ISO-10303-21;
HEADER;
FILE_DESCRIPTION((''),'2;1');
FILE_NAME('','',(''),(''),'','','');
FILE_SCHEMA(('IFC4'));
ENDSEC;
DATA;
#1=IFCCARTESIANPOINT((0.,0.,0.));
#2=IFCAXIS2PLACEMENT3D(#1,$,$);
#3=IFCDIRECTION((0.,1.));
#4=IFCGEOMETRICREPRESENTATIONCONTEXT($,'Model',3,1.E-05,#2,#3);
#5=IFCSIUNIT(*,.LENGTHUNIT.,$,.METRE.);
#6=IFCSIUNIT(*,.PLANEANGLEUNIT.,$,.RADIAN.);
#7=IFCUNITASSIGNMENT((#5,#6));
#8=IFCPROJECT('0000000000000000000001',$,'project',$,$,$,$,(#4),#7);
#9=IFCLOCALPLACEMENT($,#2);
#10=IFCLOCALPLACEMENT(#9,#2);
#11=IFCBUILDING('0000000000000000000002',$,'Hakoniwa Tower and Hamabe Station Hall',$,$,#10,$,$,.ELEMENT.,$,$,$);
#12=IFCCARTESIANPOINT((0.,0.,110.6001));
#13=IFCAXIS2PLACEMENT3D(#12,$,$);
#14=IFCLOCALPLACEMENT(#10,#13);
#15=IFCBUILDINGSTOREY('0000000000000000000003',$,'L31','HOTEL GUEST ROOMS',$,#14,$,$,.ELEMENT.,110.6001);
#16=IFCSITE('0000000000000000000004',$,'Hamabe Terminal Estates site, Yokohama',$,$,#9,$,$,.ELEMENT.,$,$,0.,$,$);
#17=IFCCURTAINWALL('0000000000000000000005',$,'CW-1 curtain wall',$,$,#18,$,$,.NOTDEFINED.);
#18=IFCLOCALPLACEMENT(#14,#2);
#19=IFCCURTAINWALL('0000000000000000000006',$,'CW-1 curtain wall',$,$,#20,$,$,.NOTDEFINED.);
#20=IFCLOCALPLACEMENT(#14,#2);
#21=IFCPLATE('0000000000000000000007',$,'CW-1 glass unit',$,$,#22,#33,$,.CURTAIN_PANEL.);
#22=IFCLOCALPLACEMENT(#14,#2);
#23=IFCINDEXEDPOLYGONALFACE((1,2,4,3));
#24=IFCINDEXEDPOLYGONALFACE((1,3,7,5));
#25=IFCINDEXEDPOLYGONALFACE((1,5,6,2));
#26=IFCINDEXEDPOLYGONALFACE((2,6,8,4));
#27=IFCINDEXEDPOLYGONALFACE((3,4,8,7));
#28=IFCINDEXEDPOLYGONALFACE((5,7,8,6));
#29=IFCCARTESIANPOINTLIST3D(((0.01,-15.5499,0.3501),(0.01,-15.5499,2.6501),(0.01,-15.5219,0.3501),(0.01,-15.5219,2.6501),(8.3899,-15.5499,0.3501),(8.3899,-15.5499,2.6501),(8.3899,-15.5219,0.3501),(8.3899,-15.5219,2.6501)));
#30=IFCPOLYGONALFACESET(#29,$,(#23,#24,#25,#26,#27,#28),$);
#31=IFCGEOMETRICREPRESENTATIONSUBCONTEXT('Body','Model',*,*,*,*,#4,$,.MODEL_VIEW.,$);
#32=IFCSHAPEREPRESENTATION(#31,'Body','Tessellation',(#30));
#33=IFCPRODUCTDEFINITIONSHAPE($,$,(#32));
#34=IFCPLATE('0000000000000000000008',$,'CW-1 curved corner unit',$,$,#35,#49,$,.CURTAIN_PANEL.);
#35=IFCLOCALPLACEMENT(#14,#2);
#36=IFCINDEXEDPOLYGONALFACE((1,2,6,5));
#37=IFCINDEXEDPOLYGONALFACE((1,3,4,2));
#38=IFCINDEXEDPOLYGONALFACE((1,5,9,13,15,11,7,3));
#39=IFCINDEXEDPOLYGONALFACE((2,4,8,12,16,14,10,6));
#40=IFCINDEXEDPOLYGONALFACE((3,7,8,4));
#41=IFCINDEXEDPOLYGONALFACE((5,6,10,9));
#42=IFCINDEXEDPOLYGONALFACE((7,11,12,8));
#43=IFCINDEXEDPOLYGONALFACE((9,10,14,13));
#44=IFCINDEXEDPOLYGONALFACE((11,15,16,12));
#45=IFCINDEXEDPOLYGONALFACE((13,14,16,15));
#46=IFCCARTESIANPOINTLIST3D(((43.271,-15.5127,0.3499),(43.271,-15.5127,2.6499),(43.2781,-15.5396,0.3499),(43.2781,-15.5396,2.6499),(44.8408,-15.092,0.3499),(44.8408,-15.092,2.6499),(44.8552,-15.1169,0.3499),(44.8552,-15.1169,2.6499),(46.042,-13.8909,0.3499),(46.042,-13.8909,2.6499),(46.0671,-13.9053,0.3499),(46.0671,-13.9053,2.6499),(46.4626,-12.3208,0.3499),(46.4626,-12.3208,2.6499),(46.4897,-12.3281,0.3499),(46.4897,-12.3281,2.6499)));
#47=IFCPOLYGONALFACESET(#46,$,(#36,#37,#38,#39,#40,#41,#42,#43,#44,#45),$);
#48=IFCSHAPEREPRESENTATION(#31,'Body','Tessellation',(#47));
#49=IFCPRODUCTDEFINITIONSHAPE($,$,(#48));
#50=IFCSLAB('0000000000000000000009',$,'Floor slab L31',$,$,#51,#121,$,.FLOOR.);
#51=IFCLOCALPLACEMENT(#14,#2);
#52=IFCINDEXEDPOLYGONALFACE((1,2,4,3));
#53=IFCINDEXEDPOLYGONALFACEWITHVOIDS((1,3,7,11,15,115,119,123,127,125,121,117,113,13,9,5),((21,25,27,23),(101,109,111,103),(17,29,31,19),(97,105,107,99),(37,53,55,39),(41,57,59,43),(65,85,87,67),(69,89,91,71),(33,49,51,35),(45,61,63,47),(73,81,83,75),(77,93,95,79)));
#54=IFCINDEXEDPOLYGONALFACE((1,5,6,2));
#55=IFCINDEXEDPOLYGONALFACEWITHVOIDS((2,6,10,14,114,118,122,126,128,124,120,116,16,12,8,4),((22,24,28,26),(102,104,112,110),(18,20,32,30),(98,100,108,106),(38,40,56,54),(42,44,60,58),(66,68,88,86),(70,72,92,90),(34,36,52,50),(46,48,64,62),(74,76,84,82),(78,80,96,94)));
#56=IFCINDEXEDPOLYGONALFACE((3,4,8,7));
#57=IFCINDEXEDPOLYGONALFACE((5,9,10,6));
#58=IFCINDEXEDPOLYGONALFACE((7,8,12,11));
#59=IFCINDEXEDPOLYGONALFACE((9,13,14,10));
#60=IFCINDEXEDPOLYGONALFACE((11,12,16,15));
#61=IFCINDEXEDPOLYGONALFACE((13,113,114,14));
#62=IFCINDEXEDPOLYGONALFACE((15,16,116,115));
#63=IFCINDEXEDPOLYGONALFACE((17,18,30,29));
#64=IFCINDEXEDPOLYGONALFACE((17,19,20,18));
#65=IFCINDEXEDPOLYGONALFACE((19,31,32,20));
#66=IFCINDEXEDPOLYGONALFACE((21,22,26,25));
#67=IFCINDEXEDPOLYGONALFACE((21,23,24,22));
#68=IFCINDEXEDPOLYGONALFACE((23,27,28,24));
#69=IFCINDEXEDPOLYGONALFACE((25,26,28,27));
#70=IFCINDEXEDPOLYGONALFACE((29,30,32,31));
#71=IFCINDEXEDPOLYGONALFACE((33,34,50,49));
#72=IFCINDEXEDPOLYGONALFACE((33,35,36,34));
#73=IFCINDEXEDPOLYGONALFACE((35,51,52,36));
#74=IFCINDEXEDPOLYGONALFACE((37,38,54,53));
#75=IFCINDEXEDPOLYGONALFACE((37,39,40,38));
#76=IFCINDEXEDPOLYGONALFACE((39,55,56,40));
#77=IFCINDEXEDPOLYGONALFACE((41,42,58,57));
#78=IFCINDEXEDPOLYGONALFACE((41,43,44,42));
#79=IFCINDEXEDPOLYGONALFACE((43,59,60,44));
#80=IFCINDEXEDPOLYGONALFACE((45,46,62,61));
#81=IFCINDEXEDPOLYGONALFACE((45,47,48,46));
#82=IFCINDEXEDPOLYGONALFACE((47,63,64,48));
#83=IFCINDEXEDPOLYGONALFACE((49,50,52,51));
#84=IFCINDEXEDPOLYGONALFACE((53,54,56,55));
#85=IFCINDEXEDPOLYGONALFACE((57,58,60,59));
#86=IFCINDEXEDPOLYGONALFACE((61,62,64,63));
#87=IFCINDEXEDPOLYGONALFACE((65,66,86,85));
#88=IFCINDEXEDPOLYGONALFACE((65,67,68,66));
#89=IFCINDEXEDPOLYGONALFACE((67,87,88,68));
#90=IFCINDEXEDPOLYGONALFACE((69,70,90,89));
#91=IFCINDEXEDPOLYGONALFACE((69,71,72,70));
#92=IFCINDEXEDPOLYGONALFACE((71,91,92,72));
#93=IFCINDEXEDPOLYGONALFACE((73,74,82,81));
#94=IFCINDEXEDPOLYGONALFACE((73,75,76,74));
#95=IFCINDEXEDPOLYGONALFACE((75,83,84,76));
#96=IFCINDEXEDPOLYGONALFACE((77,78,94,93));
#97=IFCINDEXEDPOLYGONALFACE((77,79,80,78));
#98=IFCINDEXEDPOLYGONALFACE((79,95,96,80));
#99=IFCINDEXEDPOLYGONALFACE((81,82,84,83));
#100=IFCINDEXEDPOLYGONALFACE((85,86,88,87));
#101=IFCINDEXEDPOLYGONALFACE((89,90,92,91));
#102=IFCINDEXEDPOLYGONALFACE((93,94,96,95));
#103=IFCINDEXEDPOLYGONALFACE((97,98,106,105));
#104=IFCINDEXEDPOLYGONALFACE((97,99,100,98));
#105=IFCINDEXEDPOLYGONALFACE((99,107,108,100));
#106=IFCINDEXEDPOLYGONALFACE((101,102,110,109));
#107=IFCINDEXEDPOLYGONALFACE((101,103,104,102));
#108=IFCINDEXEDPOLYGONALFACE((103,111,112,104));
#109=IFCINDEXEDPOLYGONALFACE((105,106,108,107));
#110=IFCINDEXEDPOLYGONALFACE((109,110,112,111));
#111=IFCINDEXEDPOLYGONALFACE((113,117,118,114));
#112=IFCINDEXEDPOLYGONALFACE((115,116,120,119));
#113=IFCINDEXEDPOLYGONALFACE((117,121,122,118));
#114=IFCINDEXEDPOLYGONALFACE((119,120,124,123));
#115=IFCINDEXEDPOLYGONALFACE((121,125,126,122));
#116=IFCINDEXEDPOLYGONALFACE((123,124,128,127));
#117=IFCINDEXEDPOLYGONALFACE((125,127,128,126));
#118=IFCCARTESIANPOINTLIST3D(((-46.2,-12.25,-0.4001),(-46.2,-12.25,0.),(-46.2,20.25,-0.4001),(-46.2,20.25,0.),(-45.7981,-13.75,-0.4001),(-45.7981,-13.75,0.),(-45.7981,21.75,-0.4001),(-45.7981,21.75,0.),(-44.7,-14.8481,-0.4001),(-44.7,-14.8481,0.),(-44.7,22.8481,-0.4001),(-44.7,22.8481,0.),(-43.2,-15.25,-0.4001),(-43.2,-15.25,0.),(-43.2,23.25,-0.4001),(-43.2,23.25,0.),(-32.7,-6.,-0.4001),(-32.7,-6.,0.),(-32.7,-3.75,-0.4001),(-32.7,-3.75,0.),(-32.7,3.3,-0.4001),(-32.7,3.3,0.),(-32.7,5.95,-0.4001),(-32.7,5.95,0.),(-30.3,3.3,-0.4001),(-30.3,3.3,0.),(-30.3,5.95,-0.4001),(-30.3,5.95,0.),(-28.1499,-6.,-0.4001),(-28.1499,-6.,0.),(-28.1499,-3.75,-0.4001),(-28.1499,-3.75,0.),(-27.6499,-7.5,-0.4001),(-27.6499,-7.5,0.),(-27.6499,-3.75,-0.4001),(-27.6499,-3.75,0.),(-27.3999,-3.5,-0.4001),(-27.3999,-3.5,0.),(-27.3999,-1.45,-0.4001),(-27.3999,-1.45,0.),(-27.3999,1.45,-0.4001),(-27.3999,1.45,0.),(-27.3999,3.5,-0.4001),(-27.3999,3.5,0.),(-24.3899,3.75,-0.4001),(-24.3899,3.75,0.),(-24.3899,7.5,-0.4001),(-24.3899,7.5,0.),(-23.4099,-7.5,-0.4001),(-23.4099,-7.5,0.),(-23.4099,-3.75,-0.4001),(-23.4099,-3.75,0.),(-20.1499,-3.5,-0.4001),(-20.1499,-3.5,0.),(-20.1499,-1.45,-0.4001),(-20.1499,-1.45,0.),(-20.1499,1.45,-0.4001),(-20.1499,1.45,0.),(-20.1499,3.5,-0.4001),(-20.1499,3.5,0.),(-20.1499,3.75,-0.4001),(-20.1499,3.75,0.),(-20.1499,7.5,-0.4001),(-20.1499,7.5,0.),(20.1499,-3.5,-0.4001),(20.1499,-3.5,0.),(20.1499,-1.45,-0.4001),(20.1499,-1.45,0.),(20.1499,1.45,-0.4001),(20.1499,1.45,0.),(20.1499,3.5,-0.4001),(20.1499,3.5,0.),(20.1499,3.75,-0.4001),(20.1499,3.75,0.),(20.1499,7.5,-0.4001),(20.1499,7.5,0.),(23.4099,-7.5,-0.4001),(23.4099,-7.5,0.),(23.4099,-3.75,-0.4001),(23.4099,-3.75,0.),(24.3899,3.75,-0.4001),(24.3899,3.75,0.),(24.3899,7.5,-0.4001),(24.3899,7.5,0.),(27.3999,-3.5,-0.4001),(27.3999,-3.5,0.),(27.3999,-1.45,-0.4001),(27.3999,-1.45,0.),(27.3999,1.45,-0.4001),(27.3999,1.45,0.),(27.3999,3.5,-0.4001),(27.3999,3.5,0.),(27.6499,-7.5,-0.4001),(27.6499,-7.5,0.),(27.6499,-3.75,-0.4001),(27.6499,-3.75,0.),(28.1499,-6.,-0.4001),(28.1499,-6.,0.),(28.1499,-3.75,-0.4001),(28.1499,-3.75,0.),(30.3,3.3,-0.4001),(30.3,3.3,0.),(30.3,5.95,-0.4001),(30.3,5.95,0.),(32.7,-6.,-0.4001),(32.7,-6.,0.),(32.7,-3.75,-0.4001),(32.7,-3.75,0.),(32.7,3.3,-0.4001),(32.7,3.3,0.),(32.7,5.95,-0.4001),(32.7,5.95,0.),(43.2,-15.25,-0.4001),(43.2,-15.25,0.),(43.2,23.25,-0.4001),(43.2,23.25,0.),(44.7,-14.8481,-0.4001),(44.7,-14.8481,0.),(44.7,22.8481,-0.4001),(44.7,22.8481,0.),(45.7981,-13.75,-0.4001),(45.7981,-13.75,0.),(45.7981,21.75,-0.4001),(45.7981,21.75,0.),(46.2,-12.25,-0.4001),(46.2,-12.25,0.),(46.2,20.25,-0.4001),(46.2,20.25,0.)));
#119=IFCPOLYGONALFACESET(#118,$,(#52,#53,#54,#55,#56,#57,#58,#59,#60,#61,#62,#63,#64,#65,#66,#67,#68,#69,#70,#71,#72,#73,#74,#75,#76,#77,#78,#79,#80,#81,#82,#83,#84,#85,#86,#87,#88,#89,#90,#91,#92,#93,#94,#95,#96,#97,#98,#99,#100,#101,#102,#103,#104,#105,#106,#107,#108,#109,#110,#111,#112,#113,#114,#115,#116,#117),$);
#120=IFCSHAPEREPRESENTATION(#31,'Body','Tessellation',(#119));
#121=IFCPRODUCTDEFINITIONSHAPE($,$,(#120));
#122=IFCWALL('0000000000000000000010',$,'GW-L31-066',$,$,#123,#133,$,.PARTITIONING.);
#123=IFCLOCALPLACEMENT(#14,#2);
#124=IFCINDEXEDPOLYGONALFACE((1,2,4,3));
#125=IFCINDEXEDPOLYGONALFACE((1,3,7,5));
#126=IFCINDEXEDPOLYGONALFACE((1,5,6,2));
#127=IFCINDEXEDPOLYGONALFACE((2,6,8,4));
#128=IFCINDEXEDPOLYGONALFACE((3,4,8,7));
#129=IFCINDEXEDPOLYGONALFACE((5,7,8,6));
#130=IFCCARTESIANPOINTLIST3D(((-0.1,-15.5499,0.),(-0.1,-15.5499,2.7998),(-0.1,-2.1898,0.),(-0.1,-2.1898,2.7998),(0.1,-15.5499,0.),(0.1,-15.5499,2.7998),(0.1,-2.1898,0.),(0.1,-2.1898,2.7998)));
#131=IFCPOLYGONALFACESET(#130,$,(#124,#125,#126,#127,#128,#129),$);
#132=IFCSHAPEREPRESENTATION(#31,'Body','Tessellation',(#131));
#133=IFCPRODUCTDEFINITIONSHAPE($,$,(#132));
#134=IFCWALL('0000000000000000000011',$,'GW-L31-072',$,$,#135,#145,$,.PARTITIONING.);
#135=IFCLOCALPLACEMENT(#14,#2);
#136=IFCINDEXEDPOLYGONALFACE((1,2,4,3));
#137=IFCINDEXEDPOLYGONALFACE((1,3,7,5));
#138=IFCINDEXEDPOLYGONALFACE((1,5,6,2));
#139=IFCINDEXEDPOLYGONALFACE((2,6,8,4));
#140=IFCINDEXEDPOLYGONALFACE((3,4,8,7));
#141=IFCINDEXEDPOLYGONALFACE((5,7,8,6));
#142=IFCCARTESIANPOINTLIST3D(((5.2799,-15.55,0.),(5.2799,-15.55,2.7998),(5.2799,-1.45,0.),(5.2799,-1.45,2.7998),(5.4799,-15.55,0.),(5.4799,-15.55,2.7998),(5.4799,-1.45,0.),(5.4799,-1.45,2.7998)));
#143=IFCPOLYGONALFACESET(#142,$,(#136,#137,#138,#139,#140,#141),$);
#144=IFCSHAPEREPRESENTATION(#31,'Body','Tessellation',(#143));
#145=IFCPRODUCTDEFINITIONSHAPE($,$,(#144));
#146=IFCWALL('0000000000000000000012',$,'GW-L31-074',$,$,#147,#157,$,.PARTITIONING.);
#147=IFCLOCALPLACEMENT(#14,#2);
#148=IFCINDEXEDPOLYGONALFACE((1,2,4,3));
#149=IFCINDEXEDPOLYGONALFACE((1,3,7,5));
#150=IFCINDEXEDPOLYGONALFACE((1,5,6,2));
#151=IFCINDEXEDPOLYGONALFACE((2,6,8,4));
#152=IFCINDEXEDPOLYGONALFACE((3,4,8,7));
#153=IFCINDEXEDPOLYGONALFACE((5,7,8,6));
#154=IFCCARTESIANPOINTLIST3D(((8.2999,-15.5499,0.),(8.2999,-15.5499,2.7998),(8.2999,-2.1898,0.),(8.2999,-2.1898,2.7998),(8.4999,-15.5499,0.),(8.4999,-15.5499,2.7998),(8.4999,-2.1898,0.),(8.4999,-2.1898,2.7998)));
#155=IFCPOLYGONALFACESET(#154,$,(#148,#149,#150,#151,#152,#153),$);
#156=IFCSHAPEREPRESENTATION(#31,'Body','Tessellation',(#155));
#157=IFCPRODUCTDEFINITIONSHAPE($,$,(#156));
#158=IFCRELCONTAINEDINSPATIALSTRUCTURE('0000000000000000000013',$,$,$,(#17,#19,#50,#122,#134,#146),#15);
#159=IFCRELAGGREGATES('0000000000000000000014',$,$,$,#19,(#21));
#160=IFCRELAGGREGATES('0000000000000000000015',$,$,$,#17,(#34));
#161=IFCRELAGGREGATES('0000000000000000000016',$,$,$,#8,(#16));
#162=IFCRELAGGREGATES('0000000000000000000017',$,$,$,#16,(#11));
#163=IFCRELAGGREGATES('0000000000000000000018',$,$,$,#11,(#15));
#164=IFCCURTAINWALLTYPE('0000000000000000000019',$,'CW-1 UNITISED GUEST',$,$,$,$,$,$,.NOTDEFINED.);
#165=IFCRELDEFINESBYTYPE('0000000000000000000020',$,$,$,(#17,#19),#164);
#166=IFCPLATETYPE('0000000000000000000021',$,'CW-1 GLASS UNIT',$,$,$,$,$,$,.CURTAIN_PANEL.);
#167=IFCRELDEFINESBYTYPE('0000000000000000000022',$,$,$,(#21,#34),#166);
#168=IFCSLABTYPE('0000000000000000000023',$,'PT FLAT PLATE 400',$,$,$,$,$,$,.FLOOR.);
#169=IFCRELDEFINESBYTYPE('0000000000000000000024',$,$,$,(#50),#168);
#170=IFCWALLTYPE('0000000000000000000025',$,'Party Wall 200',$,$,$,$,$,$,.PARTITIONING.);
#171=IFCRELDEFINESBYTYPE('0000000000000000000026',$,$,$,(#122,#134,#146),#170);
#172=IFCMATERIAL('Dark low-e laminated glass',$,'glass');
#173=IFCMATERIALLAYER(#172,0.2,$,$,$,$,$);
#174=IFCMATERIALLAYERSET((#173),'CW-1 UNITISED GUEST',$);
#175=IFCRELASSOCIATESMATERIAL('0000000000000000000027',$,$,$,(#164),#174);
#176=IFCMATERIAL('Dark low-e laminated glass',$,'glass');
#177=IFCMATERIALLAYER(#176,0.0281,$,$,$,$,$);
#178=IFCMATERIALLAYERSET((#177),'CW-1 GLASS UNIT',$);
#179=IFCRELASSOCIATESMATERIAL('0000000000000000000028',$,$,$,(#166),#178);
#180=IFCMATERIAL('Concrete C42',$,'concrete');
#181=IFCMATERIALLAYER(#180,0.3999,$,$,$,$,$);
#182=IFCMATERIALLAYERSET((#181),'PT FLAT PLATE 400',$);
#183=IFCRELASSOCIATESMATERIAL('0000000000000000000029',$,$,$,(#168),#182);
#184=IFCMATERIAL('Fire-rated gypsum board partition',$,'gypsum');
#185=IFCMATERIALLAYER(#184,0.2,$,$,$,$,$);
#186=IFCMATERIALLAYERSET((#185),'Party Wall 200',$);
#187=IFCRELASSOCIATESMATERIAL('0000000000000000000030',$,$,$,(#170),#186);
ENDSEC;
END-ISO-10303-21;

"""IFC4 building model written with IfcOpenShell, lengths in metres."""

from ifc_helpers import new_model, si_unit, direction, frame, frame_2d, origin, origin_2d, place, context, subcontext, project, spatial, polyline, rectangle, outline, extrude, material, layer, layer_set, type_object, element, aggregate, save


model = new_model("IFC4")

# Units and contexts
model_context = context("Model", 3, precision=1e-05, world=origin(), true_north=direction((0.0, 1.0)))
body_context = subcontext(model_context, "Body", "Model", "MODEL_VIEW")
ifc_project = project(units=[si_unit("LENGTHUNIT", "METRE"), si_unit("PLANEANGLEUNIT", "RADIAN")], contexts=[model_context])

# Site, building, storey
site_placement = place(None, origin())
site = spatial("IfcSite", under=ifc_project, at=site_placement, Name="Hamabe Terminal Estates site, Yokohama", CompositionType="ELEMENT", RefElevation=0.0)
building_placement = place(site_placement, origin())
building = spatial("IfcBuilding", under=site, at=building_placement, Name="Hakoniwa Tower and Hamabe Station Hall", CompositionType="ELEMENT")
storey_placement = place(building_placement, frame((0.0, 0.0, 110.6001)))
storey = spatial("IfcBuildingStorey", under=building, at=storey_placement, Name="L31", Description="HOTEL GUEST ROOMS", CompositionType="ELEMENT", Elevation=110.6001)

# Curtain walls
ifc_material_1 = material(Name="Dark low-e laminated glass", Category="glass")
ifc_layer_1 = layer(ifc_material_1, 0.2)
ifc_layer_set_1 = layer_set([ifc_layer_1], Name="CW-1 UNITISED GUEST")
curtain_wall_type = type_object("IfcCurtainWallType", Name="CW-1 UNITISED GUEST", PredefinedType="NOTDEFINED", material=ifc_layer_set_1)
curtain_wall_1_placement = place(storey_placement, origin())
curtain_wall_1 = element("IfcCurtainWall", 1, at=curtain_wall_1_placement, inside=storey, type_object=curtain_wall_type, Name="CW-1 curtain wall", PredefinedType="NOTDEFINED")
curtain_wall_2_placement = place(storey_placement, origin())
curtain_wall_2 = element("IfcCurtainWall", 2, at=curtain_wall_2_placement, inside=storey, type_object=curtain_wall_type, Name="CW-1 curtain wall", PredefinedType="NOTDEFINED")

# Plates
ifc_material_2 = material(Name="Dark low-e laminated glass", Category="glass")
ifc_layer_2 = layer(ifc_material_2, 0.0281)
ifc_layer_set_2 = layer_set([ifc_layer_2], Name="CW-1 GLASS UNIT")
plate_type = type_object("IfcPlateType", Name="CW-1 GLASS UNIT", PredefinedType="CURTAIN_PANEL", material=ifc_layer_set_2)
plate_1_placement = place(storey_placement, frame((4.2, -15.5359, 0.3501), z_axis=(0.0, 0.0, 1.0), x_axis=(1.0, 0.0, 0.0)))
plate_1 = element("IfcPlate", 3, at=plate_1_placement, type_object=plate_type, Name="CW-1 glass unit", PredefinedType="CURTAIN_PANEL", context=body_context, shape_type="SweptSolid", body=[
    extrude(rectangle(XDim=8.3799, YDim=0.0281, at=origin_2d()), origin(), (0.0, 0.0, 1.0), 2.3),
])
aggregate(curtain_wall_2, [plate_1])
plate_2_placement = place(storey_placement, frame((0.0, 0.0, 0.3499)))
plate_2 = element("IfcPlate", 4, at=plate_2_placement, type_object=plate_type, Name="CW-1 curved corner unit", PredefinedType="CURTAIN_PANEL", context=body_context, shape_type="SweptSolid", body=[
    extrude(outline(polyline([(43.2781, -15.5396), (44.8552, -15.1169), (46.0671, -13.9053), (46.4897, -12.3281), (46.4626, -12.3208), (46.042, -13.8909), (44.8408, -15.092), (43.271, -15.5127), (43.2781, -15.5396)])), origin(), (0.0, 0.0, 1.0), 2.3),
])
aggregate(curtain_wall_1, [plate_2])

# Slab
ifc_material_3 = material(Name="Concrete C42", Category="concrete")
ifc_layer_3 = layer(ifc_material_3, 0.3999)
ifc_layer_set_3 = layer_set([ifc_layer_3], Name="PT FLAT PLATE 400")
slab_type = type_object("IfcSlabType", Name="PT FLAT PLATE 400", PredefinedType="FLOOR", material=ifc_layer_set_3)
slab_placement = place(storey_placement, frame((0.0, 0.0, -0.4001)))
element("IfcSlab", 5, at=slab_placement, inside=storey, type_object=slab_type, Name="Floor slab L31", PredefinedType="FLOOR", context=body_context, shape_type="SweptSolid", body=[
    extrude(outline(polyline([(46.2, -12.25), (46.2, 20.25), (45.7981, 21.75), (44.7, 22.8481), (43.2, 23.25), (-43.2, 23.25), (-44.7, 22.8481), (-45.7981, 21.75), (-46.2, 20.25), (-46.2, -12.25), (-45.7981, -13.75), (-44.7, -14.8481), (-43.2, -15.25), (43.2, -15.25), (44.7, -14.8481), (45.7981, -13.75), (46.2, -12.25)]), holes=[polyline([(-27.3999, 1.45), (-27.3999, 3.5), (-20.1499, 3.5), (-20.1499, 1.45), (-27.3999, 1.45)]), polyline([(-27.3999, -3.5), (-27.3999, -1.45), (-20.1499, -1.45), (-20.1499, -3.5), (-27.3999, -3.5)]), polyline([(-32.7, 3.3), (-32.7, 5.95), (-30.3, 5.95), (-30.3, 3.3), (-32.7, 3.3)]), polyline([(-32.7, -6.0), (-32.7, -3.75), (-28.1499, -3.75), (-28.1499, -6.0), (-32.7, -6.0)]), polyline([(-24.3899, 3.75), (-24.3899, 7.5), (-20.1499, 7.5), (-20.1499, 3.75), (-24.3899, 3.75)]), polyline([(-27.6499, -7.5), (-27.6499, -3.75), (-23.4099, -3.75), (-23.4099, -7.5), (-27.6499, -7.5)]), polyline([(20.1499, 1.45), (20.1499, 3.5), (27.3999, 3.5), (27.3999, 1.45), (20.1499, 1.45)]), polyline([(20.1499, -3.5), (20.1499, -1.45), (27.3999, -1.45), (27.3999, -3.5), (20.1499, -3.5)]), polyline([(30.3, 3.3), (30.3, 5.95), (32.7, 5.95), (32.7, 3.3), (30.3, 3.3)]), polyline([(28.1499, -6.0), (28.1499, -3.75), (32.7, -3.75), (32.7, -6.0), (28.1499, -6.0)]), polyline([(20.1499, 3.75), (20.1499, 7.5), (24.3899, 7.5), (24.3899, 3.75), (20.1499, 3.75)]), polyline([(23.4099, -7.5), (23.4099, -3.75), (27.6499, -3.75), (27.6499, -7.5), (23.4099, -7.5)])]), origin(), (0.0, 0.0, 1.0), 0.4001),
])

# Walls
ifc_material_4 = material(Name="Fire-rated gypsum board partition", Category="gypsum")
ifc_layer_4 = layer(ifc_material_4, 0.2)
ifc_layer_set_4 = layer_set([ifc_layer_4], Name="Party Wall 200")
wall_type = type_object("IfcWallType", Name="Party Wall 200", PredefinedType="PARTITIONING", material=ifc_layer_set_4)
wall_1_placement = place(storey_placement, frame((0.0, -15.55, 0.0), z_axis=(0.0, 0.0, 1.0), x_axis=(0.0, 1.0, 0.0)))
element("IfcWall", 6, at=wall_1_placement, inside=storey, type_object=wall_type, Name="GW-L31-066", PredefinedType="PARTITIONING", context=body_context, shape_type="SweptSolid", body=[
    extrude(rectangle(XDim=13.3601, YDim=0.2, at=frame_2d((6.6802, 0.0))), origin(), (0.0, 0.0, 1.0), 2.7998),
])
wall_2_placement = place(storey_placement, frame((5.3799, -15.55, 0.0), z_axis=(0.0, 0.0, 1.0), x_axis=(0.0, 1.0, 0.0)))
element("IfcWall", 7, at=wall_2_placement, inside=storey, type_object=wall_type, Name="GW-L31-072", PredefinedType="PARTITIONING", context=body_context, shape_type="SweptSolid", body=[
    extrude(rectangle(XDim=14.1001, YDim=0.2, at=frame_2d((7.05, 0.0))), origin(), (0.0, 0.0, 1.0), 2.7998),
])
wall_3_placement = place(storey_placement, frame((8.3999, -15.55, 0.0), z_axis=(0.0, 0.0, 1.0), x_axis=(0.0, 1.0, 0.0)))
element("IfcWall", 8, at=wall_3_placement, inside=storey, type_object=wall_type, Name="GW-L31-074", PredefinedType="PARTITIONING", context=body_context, shape_type="SweptSolid", body=[
    extrude(rectangle(XDim=13.3601, YDim=0.2, at=frame_2d((6.6802, 0.0))), origin(), (0.0, 0.0, 1.0), 2.7998),
])

save(model, "model.ifc")
